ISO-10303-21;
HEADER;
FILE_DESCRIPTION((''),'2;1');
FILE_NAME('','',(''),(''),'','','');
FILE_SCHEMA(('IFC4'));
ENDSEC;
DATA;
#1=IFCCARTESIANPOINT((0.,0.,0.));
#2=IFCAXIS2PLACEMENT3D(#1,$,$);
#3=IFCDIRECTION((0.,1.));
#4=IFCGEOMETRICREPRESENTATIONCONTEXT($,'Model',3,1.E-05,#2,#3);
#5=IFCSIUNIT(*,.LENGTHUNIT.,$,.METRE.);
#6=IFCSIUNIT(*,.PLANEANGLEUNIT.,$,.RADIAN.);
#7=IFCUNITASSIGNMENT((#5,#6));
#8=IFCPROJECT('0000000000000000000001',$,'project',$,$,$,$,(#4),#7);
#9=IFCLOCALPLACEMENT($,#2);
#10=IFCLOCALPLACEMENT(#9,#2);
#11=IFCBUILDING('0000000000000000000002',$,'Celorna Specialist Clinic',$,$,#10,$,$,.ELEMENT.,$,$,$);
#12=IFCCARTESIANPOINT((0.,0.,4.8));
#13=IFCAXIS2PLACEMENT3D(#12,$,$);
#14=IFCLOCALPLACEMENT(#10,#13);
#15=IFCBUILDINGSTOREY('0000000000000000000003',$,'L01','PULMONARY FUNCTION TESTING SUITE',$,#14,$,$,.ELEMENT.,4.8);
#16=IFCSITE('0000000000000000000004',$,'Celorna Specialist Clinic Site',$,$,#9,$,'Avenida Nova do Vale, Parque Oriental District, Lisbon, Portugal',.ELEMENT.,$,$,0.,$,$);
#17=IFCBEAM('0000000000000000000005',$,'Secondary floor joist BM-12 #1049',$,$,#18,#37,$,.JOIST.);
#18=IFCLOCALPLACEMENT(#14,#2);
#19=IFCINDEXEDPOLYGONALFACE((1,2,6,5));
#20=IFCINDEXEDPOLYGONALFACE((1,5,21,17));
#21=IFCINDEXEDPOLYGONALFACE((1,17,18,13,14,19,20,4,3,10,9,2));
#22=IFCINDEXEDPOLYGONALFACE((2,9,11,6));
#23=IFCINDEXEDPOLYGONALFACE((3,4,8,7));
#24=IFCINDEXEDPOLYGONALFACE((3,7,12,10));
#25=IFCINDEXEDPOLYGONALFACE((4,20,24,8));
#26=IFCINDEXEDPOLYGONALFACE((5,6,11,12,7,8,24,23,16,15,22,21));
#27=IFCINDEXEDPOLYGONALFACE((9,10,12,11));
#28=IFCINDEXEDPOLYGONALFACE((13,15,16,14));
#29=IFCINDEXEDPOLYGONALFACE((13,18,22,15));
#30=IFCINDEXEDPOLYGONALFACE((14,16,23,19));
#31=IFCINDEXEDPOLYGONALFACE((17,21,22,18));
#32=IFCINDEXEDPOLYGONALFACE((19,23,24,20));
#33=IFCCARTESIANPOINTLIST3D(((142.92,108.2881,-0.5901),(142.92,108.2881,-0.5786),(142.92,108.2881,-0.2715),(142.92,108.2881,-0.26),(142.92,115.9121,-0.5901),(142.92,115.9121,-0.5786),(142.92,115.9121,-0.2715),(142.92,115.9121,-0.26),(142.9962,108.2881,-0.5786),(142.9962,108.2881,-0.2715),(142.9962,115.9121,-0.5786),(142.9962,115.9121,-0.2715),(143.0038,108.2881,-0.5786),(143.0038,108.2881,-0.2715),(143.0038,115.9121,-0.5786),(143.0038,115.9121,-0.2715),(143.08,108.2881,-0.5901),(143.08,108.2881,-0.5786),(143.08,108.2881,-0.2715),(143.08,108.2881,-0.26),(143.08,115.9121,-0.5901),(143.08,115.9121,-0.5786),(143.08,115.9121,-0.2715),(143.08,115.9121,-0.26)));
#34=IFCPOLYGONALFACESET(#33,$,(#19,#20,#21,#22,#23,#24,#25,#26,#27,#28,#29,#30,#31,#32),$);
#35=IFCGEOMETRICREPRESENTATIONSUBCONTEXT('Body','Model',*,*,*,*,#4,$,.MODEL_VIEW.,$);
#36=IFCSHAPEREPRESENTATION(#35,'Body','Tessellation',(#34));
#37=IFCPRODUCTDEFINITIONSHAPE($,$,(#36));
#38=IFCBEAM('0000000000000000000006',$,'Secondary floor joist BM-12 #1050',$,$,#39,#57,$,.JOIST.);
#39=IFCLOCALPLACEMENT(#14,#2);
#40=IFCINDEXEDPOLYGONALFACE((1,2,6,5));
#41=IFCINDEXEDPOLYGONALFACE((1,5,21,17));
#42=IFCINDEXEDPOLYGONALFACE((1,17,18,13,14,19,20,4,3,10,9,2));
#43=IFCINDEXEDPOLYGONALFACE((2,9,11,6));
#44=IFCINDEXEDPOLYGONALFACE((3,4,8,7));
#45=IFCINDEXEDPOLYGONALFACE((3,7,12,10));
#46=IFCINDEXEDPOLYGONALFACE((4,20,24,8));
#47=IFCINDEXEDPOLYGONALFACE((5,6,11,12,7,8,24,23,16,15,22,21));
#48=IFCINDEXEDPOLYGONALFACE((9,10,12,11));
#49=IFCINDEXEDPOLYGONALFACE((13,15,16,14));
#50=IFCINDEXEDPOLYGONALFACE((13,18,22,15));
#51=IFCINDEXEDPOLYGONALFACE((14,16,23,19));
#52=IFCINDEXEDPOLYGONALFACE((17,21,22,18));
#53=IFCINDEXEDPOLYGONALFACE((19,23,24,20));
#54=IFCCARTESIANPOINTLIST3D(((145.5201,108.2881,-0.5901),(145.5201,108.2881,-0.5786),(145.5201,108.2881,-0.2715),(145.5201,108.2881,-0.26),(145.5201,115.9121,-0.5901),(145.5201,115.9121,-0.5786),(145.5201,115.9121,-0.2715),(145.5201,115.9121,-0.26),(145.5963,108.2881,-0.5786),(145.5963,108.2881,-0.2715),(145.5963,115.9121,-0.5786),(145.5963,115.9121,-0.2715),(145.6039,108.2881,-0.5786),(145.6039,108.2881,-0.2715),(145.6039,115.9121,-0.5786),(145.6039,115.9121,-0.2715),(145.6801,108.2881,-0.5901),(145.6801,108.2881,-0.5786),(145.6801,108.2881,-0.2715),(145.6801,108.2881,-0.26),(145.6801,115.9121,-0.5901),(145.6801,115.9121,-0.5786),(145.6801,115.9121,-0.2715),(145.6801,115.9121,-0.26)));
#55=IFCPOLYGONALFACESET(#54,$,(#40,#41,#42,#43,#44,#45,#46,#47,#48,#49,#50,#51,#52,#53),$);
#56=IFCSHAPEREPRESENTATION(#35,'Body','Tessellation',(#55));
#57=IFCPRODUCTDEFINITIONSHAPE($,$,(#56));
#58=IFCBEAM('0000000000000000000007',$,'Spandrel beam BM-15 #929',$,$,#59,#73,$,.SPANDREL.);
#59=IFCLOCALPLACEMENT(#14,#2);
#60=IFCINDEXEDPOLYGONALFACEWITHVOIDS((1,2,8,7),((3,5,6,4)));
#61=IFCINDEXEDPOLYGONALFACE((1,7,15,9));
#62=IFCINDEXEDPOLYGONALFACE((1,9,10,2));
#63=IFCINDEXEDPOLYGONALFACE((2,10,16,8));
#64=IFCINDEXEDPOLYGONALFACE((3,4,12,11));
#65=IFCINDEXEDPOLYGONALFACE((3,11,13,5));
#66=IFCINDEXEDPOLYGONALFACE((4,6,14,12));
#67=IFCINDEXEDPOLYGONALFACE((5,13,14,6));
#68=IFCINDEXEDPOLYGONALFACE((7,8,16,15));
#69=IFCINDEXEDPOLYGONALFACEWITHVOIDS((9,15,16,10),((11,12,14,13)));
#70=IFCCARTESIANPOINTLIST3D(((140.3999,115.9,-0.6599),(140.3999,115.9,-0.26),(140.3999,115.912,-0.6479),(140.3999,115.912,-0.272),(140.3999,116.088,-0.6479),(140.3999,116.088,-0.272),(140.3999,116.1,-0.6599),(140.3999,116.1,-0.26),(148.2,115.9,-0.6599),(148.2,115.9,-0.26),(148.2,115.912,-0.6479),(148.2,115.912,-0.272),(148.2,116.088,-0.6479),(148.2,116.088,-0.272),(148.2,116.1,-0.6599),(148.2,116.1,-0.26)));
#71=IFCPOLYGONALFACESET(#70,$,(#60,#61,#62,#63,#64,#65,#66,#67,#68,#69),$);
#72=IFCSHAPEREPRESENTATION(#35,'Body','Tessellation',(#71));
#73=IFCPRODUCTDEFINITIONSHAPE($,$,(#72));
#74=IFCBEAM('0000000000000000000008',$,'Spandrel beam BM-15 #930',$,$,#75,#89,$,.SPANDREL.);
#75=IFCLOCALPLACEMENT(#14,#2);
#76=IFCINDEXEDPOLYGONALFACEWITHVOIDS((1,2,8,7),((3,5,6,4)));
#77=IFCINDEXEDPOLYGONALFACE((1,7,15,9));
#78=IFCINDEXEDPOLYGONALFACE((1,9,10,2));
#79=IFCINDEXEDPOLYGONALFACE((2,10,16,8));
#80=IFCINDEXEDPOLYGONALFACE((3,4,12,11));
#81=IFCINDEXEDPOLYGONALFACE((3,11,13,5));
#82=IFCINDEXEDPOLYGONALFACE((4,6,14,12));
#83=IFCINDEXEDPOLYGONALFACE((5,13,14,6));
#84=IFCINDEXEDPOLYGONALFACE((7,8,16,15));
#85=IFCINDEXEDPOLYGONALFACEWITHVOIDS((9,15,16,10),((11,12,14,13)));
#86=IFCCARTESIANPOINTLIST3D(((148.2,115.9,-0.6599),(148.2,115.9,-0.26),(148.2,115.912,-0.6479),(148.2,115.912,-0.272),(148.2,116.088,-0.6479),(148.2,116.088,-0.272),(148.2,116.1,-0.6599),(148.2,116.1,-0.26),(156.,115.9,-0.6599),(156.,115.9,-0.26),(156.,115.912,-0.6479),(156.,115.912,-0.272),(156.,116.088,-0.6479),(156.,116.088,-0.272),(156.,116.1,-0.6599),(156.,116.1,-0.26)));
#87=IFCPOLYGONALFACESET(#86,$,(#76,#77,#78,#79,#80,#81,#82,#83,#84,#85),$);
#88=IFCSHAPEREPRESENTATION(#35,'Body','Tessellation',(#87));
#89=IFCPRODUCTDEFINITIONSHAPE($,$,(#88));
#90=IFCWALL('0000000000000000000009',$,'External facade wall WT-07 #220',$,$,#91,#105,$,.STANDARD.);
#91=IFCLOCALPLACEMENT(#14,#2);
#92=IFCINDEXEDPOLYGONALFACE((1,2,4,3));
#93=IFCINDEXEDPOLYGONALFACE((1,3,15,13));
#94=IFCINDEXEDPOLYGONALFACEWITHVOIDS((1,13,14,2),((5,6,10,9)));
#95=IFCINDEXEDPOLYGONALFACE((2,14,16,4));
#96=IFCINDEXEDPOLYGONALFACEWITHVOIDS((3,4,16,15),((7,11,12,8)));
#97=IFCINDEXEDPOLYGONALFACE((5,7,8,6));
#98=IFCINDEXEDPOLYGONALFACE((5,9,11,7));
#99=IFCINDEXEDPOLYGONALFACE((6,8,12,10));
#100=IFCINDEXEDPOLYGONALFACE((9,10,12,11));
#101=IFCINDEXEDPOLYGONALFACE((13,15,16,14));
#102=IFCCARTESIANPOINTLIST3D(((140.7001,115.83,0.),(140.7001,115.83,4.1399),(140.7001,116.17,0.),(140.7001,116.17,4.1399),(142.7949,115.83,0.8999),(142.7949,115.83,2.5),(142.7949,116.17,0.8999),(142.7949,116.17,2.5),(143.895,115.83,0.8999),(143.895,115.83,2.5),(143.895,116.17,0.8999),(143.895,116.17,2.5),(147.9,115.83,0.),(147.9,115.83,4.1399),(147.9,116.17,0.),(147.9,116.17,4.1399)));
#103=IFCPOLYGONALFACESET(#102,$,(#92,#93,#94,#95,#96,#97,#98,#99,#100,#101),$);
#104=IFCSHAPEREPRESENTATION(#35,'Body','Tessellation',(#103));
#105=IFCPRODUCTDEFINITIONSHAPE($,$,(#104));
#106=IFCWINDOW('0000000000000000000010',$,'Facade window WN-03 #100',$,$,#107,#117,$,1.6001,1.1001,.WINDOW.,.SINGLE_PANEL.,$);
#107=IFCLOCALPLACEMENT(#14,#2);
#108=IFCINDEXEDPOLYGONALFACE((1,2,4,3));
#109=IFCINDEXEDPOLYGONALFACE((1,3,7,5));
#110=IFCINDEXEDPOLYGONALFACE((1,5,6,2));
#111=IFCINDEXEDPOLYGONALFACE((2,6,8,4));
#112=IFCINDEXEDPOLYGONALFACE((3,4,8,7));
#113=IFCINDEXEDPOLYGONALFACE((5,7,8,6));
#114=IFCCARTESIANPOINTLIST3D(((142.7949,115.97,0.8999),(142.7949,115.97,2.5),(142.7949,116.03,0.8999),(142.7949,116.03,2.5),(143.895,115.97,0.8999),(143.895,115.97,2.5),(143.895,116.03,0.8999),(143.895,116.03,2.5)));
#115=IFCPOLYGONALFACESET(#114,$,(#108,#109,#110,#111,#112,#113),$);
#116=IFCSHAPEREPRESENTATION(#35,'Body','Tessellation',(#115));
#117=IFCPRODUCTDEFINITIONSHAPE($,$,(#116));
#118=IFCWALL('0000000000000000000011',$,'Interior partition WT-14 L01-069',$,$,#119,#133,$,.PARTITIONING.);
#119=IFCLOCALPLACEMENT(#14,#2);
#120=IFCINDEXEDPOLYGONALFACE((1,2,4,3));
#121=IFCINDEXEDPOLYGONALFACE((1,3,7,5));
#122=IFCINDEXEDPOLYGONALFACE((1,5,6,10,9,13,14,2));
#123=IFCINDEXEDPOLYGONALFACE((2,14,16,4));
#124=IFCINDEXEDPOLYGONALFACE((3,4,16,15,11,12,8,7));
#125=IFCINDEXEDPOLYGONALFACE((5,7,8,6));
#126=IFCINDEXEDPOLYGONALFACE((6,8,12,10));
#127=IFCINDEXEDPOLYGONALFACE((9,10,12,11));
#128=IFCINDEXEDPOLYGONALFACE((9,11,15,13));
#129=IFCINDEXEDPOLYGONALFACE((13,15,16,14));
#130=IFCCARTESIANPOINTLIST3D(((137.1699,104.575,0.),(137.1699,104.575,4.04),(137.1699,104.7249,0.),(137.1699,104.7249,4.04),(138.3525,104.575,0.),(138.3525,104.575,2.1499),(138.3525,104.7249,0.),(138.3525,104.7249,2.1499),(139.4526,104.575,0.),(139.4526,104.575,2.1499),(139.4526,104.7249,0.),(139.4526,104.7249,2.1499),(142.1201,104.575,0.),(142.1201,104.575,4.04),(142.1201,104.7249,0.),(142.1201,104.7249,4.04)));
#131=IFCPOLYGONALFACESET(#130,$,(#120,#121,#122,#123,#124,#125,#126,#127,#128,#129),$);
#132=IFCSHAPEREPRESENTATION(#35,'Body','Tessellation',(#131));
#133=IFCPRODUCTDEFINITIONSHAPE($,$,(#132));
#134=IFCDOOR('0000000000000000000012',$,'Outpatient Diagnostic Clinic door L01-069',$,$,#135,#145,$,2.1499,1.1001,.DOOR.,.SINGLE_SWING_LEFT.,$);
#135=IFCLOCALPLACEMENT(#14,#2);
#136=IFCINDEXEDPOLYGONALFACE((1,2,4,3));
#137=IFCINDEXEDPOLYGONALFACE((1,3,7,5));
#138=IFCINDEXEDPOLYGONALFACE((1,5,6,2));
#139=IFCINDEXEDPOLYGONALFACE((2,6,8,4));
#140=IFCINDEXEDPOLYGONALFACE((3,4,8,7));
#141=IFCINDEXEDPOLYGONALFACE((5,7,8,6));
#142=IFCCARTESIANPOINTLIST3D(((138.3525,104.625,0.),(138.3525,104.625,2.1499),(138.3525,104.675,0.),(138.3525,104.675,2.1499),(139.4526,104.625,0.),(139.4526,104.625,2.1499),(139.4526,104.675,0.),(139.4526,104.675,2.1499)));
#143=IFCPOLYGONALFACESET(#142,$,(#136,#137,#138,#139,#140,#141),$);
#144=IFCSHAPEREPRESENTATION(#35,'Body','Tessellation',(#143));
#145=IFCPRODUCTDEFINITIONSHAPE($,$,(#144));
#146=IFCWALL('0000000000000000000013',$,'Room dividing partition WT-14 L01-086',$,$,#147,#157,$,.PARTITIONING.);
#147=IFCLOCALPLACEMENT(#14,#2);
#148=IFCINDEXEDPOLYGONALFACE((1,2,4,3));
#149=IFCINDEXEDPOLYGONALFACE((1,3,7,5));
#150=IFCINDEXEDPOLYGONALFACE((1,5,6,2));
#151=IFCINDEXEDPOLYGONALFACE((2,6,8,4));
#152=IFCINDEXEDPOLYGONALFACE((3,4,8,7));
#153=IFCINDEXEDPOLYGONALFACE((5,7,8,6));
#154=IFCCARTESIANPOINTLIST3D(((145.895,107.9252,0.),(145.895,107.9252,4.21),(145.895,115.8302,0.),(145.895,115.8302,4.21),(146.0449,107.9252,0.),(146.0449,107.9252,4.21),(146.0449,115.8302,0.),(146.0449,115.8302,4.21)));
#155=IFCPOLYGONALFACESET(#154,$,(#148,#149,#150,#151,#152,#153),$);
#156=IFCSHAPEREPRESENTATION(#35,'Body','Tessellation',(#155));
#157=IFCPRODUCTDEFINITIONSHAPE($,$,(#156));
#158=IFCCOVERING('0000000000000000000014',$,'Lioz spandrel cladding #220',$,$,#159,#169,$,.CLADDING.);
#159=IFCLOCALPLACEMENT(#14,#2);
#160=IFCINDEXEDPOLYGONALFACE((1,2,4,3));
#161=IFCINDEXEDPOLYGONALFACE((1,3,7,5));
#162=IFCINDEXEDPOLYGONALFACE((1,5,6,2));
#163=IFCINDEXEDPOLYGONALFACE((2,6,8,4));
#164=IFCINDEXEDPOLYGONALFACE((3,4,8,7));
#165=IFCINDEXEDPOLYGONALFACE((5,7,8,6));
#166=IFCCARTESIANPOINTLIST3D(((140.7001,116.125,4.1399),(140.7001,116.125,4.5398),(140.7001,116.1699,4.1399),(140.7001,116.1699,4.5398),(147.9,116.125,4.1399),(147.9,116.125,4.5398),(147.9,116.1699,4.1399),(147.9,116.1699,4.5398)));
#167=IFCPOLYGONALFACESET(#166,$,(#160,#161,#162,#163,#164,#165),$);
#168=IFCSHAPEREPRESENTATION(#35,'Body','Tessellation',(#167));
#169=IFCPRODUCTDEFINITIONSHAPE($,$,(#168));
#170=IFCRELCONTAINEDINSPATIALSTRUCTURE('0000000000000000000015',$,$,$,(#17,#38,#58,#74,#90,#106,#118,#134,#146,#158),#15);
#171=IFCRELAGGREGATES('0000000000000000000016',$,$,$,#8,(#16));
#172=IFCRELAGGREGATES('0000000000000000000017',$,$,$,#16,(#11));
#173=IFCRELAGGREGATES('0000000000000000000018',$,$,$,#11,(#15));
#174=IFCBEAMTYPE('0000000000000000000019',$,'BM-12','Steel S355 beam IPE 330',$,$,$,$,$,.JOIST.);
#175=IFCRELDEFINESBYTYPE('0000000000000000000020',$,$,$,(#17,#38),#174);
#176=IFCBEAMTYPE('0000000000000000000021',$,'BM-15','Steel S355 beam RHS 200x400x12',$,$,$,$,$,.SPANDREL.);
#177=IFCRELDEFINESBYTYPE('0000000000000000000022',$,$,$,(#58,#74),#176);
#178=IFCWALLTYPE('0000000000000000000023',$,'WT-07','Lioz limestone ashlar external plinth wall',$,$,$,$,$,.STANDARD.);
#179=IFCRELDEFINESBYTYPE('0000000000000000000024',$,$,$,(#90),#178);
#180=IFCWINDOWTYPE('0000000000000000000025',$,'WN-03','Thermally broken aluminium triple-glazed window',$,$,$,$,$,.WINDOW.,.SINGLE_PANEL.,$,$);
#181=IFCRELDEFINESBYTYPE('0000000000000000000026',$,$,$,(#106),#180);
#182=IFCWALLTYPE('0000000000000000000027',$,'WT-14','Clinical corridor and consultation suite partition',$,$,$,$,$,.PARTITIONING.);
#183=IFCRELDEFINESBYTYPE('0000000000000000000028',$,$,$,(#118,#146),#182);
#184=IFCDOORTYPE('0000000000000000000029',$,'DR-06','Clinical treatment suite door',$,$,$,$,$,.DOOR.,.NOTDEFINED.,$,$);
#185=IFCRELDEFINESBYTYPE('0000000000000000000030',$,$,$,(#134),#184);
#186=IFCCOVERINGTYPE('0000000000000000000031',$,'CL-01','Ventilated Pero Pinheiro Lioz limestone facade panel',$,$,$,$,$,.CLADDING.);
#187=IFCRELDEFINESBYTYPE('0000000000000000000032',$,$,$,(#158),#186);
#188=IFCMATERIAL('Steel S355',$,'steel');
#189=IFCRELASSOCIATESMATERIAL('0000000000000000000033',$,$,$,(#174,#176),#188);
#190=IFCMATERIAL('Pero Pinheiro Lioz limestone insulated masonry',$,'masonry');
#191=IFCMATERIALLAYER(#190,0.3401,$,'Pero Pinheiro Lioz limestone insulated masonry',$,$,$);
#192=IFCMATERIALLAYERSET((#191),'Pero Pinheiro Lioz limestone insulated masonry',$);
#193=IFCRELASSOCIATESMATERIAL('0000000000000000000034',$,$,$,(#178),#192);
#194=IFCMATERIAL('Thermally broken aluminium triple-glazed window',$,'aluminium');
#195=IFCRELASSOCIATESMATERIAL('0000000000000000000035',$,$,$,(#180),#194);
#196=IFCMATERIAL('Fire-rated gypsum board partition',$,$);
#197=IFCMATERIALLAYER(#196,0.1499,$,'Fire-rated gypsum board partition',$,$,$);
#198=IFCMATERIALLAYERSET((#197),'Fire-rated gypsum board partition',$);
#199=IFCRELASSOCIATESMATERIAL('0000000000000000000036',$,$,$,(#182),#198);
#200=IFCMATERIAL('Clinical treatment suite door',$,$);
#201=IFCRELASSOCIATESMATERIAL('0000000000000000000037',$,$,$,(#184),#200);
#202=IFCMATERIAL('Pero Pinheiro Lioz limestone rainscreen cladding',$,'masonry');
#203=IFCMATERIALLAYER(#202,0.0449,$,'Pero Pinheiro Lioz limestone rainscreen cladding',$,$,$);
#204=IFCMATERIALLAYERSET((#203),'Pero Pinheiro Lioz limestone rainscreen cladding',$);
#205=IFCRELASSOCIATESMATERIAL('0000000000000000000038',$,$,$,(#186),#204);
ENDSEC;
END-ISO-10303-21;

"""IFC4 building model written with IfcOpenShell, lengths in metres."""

from ifc_helpers import new_model, si_unit, direction, frame, frame_2d, origin, origin_2d, place, context, subcontext, project, spatial, rectangle, hollow_rectangle, i_section, extrude, material, layer, layer_set, material_profile, profile_set, type_object, element, fill, save


model = new_model("IFC4")

# Units and contexts
model_context = context("Model", 3, precision=1e-05, world=origin(), true_north=direction((0.0, 1.0)))
body_context = subcontext(model_context, "Body", "Model", "MODEL_VIEW")
ifc_project = project(units=[si_unit("LENGTHUNIT", "METRE"), si_unit("PLANEANGLEUNIT", "RADIAN")], contexts=[model_context])

# Site, building, storey
site_placement = place(None, origin())
site = spatial("IfcSite", under=ifc_project, at=site_placement, Name="Celorna Specialist Clinic Site", LongName="Avenida Nova do Vale, Parque Oriental District, Lisbon, Portugal", CompositionType="ELEMENT", RefElevation=0.0)
building_placement = place(site_placement, origin())
building = spatial("IfcBuilding", under=site, at=building_placement, Name="Celorna Specialist Clinic", CompositionType="ELEMENT")
storey_placement = place(building_placement, frame((0.0, 0.0, 4.8)))
storey = spatial("IfcBuildingStorey", under=building, at=storey_placement, Name="L01", Description="PULMONARY FUNCTION TESTING SUITE", CompositionType="ELEMENT", Elevation=4.8)

# Beams
ifc_material_1 = material(Name="Steel S355", Category="steel")
ifc_material_profile_1 = material_profile(ifc_material_1, i_section(OverallWidth=0.1599, OverallDepth=0.3301, WebThickness=0.0076, FlangeThickness=0.0115, at=origin_2d()), Name="IPE 330")
ifc_profile_set_1 = profile_set([ifc_material_profile_1], Name="Steel S355")
beam_type_1 = type_object("IfcBeamType", Name="BM-12", Description="Steel S355 beam IPE 330", PredefinedType="JOIST", material=ifc_profile_set_1)
for number, where, z_axis, x_axis, name in (
    (1, (143.0, 108.2881, -0.425), (0.0, 1.0, 0.0), (-1.0, 0.0, 0.0), "Secondary floor joist BM-12 #1049"),
    (2, (145.6001, 108.2881, -0.425), (0.0, 1.0, 0.0), (-1.0, 0.0, 0.0), "Secondary floor joist BM-12 #1050"),
):
    element("IfcBeam", number, at=place(storey_placement, frame(where, z_axis=z_axis, x_axis=x_axis)), inside=storey, type_object=beam_type_1, Name=name, PredefinedType="JOIST", context=body_context, shape_type="SweptSolid", body=[
        extrude(i_section(OverallWidth=0.1599, OverallDepth=0.3301, WebThickness=0.0076, FlangeThickness=0.0115, at=origin_2d()), origin(), (0.0, 0.0, 1.0), 7.624),
    ])
ifc_material_profile_2 = material_profile(ifc_material_1, hollow_rectangle(XDim=0.2, YDim=0.3999, WallThickness=0.012, at=origin_2d()), Name="RHS 200x400x12")
ifc_profile_set_2 = profile_set([ifc_material_profile_2], Name="Steel S355")
beam_type_2 = type_object("IfcBeamType", Name="BM-15", Description="Steel S355 beam RHS 200x400x12", PredefinedType="SPANDREL", material=ifc_profile_set_2)
for number, where, z_axis, x_axis, name in (
    (3, (140.3999, 116.0, -0.46), (1.0, 0.0, 0.0), (0.0, 1.0, 0.0), "Spandrel beam BM-15 #929"),
    (4, (148.2, 116.0, -0.46), (1.0, 0.0, 0.0), (0.0, 1.0, 0.0), "Spandrel beam BM-15 #930"),
):
    element("IfcBeam", number, at=place(storey_placement, frame(where, z_axis=z_axis, x_axis=x_axis)), inside=storey, type_object=beam_type_2, Name=name, PredefinedType="SPANDREL", context=body_context, shape_type="SweptSolid", body=[
        extrude(hollow_rectangle(XDim=0.2, YDim=0.3999, WallThickness=0.012, at=origin_2d()), origin(), (0.0, 0.0, 1.0), 7.8),
    ])

# Wall, opening, window
ifc_material_2 = material(Name="Pero Pinheiro Lioz limestone insulated masonry", Category="masonry")
ifc_layer_1 = layer(ifc_material_2, 0.3401, Name="Pero Pinheiro Lioz limestone insulated masonry")
ifc_layer_set_1 = layer_set([ifc_layer_1], Name="Pero Pinheiro Lioz limestone insulated masonry")
wall_type_1 = type_object("IfcWallType", Name="WT-07", Description="Lioz limestone ashlar external plinth wall", PredefinedType="STANDARD", material=ifc_layer_set_1)
wall_1_placement = place(storey_placement, frame((140.7, 116.0, 0.0), z_axis=(0.0, 0.0, 1.0), x_axis=(1.0, 0.0, 0.0)))
wall_1 = element("IfcWall", 5, at=wall_1_placement, inside=storey, type_object=wall_type_1, Name="External facade wall WT-07 #220", PredefinedType="STANDARD", context=body_context, shape_type="SweptSolid", body=[
    extrude(rectangle(XDim=7.2, YDim=0.3401, at=frame_2d((3.6001, 0.0))), origin(), (0.0, 0.0, 1.0), 4.1399),
])
opening_1_placement = place(wall_1_placement, frame((2.095, 0.0, 0.8999)))
opening_1 = element("IfcOpeningElement", 6, at=opening_1_placement, cuts=wall_1, PredefinedType="OPENING", context=body_context, shape_type="SweptSolid", body=[
    extrude(rectangle(XDim=1.1001, YDim=1.6001, at=frame_2d((0.55, 0.8))), frame((0.0, 0.1799, 0.0), z_axis=(0.0, -1.0, 0.0), x_axis=(1.0, 0.0, 0.0)), (0.0, 0.0, 1.0), 0.3601),
])
ifc_material_3 = material(Name="Thermally broken aluminium triple-glazed window", Category="aluminium")
window_type = type_object("IfcWindowType", Name="WN-03", Description="Thermally broken aluminium triple-glazed window", PartitioningType="SINGLE_PANEL", PredefinedType="WINDOW", material=ifc_material_3)
window_placement = place(opening_1_placement, origin())
window = element("IfcWindow", 7, at=window_placement, inside=storey, type_object=window_type, Name="Facade window WN-03 #100", OverallHeight=1.6001, OverallWidth=1.1001, PartitioningType="SINGLE_PANEL", PredefinedType="WINDOW", context=body_context, shape_type="SweptSolid", body=[
    extrude(rectangle(XDim=1.1001, YDim=1.6001, at=frame_2d((0.55, 0.8))), frame((0.0, 0.03, 0.0), z_axis=(0.0, -1.0, 0.0), x_axis=(1.0, 0.0, 0.0)), (0.0, 0.0, 1.0), 0.0601),
])
fill(opening_1, window)

# Wall, opening, door
ifc_material_4 = material(Name="Fire-rated gypsum board partition")
ifc_layer_2 = layer(ifc_material_4, 0.1499, Name="Fire-rated gypsum board partition")
ifc_layer_set_2 = layer_set([ifc_layer_2], Name="Fire-rated gypsum board partition")
wall_type_2 = type_object("IfcWallType", Name="WT-14", Description="Clinical corridor and consultation suite partition", PredefinedType="PARTITIONING", material=ifc_layer_set_2)
wall_2_placement = place(storey_placement, frame((142.1201, 104.6499, 0.0), z_axis=(0.0, 0.0, 1.0), x_axis=(-1.0, 0.0, 0.0)))
wall_2 = element("IfcWall", 8, at=wall_2_placement, inside=storey, type_object=wall_type_2, Name="Interior partition WT-14 L01-069", PredefinedType="PARTITIONING", context=body_context, shape_type="SweptSolid", body=[
    extrude(rectangle(XDim=4.9502, YDim=0.1499, at=frame_2d((2.4751, 0.0))), origin(), (0.0, 0.0, 1.0), 4.04),
])
opening_2_placement = place(wall_2_placement, frame((2.6675, 0.0, 0.0)))
opening_2 = element("IfcOpeningElement", 9, at=opening_2_placement, cuts=wall_2, PredefinedType="OPENING", context=body_context, shape_type="SweptSolid", body=[
    extrude(rectangle(XDim=1.1001, YDim=2.1499, at=frame_2d((0.55, 1.075))), frame((0.0, 0.085, 0.0), z_axis=(0.0, -1.0, 0.0), x_axis=(1.0, 0.0, 0.0)), (0.0, 0.0, 1.0), 0.1699),
])
ifc_material_5 = material(Name="Clinical treatment suite door")
door_type = type_object("IfcDoorType", Name="DR-06", Description="Clinical treatment suite door", OperationType="NOTDEFINED", PredefinedType="DOOR", material=ifc_material_5)
door_placement = place(opening_2_placement, origin())
door = element("IfcDoor", 10, at=door_placement, inside=storey, type_object=door_type, Name="Outpatient Diagnostic Clinic door L01-069", OperationType="SINGLE_SWING_LEFT", OverallHeight=2.1499, OverallWidth=1.1001, PredefinedType="DOOR", context=body_context, shape_type="SweptSolid", body=[
    extrude(rectangle(XDim=1.1001, YDim=2.1499, at=frame_2d((0.55, 1.075))), frame((0.0, 0.0249, 0.0), z_axis=(0.0, -1.0, 0.0), x_axis=(1.0, 0.0, 0.0)), (0.0, 0.0, 1.0), 0.05),
])
fill(opening_2, door)

# Wall
wall_3_placement = place(storey_placement, frame((145.97, 107.925, 0.0), z_axis=(0.0, 0.0, 1.0), x_axis=(0.0, 1.0, 0.0)))
element("IfcWall", 11, at=wall_3_placement, inside=storey, type_object=wall_type_2, Name="Room dividing partition WT-14 L01-086", PredefinedType="PARTITIONING", context=body_context, shape_type="SweptSolid", body=[
    extrude(rectangle(XDim=7.905, YDim=0.1499, at=frame_2d((3.9526, 0.0))), origin(), (0.0, 0.0, 1.0), 4.21),
])

# Covering
ifc_material_6 = material(Name="Pero Pinheiro Lioz limestone rainscreen cladding", Category="masonry")
ifc_layer_3 = layer(ifc_material_6, 0.0449, Name="Pero Pinheiro Lioz limestone rainscreen cladding")
ifc_layer_set_3 = layer_set([ifc_layer_3], Name="Pero Pinheiro Lioz limestone rainscreen cladding")
covering_type = type_object("IfcCoveringType", Name="CL-01", Description="Ventilated Pero Pinheiro Lioz limestone facade panel", PredefinedType="CLADDING", material=ifc_layer_set_3)
covering_placement = place(storey_placement, frame((144.3, 116.1475, 4.1399), z_axis=(0.0, 0.0, 1.0), x_axis=(1.0, 0.0, 0.0)))
element("IfcCovering", 12, at=covering_placement, inside=storey, type_object=covering_type, Name="Lioz spandrel cladding #220", PredefinedType="CLADDING", context=body_context, shape_type="SweptSolid", body=[
    extrude(rectangle(XDim=7.2, YDim=0.0449, at=origin_2d()), origin(), (0.0, 0.0, 1.0), 0.3999),
])

save(model, "model.ifc")
